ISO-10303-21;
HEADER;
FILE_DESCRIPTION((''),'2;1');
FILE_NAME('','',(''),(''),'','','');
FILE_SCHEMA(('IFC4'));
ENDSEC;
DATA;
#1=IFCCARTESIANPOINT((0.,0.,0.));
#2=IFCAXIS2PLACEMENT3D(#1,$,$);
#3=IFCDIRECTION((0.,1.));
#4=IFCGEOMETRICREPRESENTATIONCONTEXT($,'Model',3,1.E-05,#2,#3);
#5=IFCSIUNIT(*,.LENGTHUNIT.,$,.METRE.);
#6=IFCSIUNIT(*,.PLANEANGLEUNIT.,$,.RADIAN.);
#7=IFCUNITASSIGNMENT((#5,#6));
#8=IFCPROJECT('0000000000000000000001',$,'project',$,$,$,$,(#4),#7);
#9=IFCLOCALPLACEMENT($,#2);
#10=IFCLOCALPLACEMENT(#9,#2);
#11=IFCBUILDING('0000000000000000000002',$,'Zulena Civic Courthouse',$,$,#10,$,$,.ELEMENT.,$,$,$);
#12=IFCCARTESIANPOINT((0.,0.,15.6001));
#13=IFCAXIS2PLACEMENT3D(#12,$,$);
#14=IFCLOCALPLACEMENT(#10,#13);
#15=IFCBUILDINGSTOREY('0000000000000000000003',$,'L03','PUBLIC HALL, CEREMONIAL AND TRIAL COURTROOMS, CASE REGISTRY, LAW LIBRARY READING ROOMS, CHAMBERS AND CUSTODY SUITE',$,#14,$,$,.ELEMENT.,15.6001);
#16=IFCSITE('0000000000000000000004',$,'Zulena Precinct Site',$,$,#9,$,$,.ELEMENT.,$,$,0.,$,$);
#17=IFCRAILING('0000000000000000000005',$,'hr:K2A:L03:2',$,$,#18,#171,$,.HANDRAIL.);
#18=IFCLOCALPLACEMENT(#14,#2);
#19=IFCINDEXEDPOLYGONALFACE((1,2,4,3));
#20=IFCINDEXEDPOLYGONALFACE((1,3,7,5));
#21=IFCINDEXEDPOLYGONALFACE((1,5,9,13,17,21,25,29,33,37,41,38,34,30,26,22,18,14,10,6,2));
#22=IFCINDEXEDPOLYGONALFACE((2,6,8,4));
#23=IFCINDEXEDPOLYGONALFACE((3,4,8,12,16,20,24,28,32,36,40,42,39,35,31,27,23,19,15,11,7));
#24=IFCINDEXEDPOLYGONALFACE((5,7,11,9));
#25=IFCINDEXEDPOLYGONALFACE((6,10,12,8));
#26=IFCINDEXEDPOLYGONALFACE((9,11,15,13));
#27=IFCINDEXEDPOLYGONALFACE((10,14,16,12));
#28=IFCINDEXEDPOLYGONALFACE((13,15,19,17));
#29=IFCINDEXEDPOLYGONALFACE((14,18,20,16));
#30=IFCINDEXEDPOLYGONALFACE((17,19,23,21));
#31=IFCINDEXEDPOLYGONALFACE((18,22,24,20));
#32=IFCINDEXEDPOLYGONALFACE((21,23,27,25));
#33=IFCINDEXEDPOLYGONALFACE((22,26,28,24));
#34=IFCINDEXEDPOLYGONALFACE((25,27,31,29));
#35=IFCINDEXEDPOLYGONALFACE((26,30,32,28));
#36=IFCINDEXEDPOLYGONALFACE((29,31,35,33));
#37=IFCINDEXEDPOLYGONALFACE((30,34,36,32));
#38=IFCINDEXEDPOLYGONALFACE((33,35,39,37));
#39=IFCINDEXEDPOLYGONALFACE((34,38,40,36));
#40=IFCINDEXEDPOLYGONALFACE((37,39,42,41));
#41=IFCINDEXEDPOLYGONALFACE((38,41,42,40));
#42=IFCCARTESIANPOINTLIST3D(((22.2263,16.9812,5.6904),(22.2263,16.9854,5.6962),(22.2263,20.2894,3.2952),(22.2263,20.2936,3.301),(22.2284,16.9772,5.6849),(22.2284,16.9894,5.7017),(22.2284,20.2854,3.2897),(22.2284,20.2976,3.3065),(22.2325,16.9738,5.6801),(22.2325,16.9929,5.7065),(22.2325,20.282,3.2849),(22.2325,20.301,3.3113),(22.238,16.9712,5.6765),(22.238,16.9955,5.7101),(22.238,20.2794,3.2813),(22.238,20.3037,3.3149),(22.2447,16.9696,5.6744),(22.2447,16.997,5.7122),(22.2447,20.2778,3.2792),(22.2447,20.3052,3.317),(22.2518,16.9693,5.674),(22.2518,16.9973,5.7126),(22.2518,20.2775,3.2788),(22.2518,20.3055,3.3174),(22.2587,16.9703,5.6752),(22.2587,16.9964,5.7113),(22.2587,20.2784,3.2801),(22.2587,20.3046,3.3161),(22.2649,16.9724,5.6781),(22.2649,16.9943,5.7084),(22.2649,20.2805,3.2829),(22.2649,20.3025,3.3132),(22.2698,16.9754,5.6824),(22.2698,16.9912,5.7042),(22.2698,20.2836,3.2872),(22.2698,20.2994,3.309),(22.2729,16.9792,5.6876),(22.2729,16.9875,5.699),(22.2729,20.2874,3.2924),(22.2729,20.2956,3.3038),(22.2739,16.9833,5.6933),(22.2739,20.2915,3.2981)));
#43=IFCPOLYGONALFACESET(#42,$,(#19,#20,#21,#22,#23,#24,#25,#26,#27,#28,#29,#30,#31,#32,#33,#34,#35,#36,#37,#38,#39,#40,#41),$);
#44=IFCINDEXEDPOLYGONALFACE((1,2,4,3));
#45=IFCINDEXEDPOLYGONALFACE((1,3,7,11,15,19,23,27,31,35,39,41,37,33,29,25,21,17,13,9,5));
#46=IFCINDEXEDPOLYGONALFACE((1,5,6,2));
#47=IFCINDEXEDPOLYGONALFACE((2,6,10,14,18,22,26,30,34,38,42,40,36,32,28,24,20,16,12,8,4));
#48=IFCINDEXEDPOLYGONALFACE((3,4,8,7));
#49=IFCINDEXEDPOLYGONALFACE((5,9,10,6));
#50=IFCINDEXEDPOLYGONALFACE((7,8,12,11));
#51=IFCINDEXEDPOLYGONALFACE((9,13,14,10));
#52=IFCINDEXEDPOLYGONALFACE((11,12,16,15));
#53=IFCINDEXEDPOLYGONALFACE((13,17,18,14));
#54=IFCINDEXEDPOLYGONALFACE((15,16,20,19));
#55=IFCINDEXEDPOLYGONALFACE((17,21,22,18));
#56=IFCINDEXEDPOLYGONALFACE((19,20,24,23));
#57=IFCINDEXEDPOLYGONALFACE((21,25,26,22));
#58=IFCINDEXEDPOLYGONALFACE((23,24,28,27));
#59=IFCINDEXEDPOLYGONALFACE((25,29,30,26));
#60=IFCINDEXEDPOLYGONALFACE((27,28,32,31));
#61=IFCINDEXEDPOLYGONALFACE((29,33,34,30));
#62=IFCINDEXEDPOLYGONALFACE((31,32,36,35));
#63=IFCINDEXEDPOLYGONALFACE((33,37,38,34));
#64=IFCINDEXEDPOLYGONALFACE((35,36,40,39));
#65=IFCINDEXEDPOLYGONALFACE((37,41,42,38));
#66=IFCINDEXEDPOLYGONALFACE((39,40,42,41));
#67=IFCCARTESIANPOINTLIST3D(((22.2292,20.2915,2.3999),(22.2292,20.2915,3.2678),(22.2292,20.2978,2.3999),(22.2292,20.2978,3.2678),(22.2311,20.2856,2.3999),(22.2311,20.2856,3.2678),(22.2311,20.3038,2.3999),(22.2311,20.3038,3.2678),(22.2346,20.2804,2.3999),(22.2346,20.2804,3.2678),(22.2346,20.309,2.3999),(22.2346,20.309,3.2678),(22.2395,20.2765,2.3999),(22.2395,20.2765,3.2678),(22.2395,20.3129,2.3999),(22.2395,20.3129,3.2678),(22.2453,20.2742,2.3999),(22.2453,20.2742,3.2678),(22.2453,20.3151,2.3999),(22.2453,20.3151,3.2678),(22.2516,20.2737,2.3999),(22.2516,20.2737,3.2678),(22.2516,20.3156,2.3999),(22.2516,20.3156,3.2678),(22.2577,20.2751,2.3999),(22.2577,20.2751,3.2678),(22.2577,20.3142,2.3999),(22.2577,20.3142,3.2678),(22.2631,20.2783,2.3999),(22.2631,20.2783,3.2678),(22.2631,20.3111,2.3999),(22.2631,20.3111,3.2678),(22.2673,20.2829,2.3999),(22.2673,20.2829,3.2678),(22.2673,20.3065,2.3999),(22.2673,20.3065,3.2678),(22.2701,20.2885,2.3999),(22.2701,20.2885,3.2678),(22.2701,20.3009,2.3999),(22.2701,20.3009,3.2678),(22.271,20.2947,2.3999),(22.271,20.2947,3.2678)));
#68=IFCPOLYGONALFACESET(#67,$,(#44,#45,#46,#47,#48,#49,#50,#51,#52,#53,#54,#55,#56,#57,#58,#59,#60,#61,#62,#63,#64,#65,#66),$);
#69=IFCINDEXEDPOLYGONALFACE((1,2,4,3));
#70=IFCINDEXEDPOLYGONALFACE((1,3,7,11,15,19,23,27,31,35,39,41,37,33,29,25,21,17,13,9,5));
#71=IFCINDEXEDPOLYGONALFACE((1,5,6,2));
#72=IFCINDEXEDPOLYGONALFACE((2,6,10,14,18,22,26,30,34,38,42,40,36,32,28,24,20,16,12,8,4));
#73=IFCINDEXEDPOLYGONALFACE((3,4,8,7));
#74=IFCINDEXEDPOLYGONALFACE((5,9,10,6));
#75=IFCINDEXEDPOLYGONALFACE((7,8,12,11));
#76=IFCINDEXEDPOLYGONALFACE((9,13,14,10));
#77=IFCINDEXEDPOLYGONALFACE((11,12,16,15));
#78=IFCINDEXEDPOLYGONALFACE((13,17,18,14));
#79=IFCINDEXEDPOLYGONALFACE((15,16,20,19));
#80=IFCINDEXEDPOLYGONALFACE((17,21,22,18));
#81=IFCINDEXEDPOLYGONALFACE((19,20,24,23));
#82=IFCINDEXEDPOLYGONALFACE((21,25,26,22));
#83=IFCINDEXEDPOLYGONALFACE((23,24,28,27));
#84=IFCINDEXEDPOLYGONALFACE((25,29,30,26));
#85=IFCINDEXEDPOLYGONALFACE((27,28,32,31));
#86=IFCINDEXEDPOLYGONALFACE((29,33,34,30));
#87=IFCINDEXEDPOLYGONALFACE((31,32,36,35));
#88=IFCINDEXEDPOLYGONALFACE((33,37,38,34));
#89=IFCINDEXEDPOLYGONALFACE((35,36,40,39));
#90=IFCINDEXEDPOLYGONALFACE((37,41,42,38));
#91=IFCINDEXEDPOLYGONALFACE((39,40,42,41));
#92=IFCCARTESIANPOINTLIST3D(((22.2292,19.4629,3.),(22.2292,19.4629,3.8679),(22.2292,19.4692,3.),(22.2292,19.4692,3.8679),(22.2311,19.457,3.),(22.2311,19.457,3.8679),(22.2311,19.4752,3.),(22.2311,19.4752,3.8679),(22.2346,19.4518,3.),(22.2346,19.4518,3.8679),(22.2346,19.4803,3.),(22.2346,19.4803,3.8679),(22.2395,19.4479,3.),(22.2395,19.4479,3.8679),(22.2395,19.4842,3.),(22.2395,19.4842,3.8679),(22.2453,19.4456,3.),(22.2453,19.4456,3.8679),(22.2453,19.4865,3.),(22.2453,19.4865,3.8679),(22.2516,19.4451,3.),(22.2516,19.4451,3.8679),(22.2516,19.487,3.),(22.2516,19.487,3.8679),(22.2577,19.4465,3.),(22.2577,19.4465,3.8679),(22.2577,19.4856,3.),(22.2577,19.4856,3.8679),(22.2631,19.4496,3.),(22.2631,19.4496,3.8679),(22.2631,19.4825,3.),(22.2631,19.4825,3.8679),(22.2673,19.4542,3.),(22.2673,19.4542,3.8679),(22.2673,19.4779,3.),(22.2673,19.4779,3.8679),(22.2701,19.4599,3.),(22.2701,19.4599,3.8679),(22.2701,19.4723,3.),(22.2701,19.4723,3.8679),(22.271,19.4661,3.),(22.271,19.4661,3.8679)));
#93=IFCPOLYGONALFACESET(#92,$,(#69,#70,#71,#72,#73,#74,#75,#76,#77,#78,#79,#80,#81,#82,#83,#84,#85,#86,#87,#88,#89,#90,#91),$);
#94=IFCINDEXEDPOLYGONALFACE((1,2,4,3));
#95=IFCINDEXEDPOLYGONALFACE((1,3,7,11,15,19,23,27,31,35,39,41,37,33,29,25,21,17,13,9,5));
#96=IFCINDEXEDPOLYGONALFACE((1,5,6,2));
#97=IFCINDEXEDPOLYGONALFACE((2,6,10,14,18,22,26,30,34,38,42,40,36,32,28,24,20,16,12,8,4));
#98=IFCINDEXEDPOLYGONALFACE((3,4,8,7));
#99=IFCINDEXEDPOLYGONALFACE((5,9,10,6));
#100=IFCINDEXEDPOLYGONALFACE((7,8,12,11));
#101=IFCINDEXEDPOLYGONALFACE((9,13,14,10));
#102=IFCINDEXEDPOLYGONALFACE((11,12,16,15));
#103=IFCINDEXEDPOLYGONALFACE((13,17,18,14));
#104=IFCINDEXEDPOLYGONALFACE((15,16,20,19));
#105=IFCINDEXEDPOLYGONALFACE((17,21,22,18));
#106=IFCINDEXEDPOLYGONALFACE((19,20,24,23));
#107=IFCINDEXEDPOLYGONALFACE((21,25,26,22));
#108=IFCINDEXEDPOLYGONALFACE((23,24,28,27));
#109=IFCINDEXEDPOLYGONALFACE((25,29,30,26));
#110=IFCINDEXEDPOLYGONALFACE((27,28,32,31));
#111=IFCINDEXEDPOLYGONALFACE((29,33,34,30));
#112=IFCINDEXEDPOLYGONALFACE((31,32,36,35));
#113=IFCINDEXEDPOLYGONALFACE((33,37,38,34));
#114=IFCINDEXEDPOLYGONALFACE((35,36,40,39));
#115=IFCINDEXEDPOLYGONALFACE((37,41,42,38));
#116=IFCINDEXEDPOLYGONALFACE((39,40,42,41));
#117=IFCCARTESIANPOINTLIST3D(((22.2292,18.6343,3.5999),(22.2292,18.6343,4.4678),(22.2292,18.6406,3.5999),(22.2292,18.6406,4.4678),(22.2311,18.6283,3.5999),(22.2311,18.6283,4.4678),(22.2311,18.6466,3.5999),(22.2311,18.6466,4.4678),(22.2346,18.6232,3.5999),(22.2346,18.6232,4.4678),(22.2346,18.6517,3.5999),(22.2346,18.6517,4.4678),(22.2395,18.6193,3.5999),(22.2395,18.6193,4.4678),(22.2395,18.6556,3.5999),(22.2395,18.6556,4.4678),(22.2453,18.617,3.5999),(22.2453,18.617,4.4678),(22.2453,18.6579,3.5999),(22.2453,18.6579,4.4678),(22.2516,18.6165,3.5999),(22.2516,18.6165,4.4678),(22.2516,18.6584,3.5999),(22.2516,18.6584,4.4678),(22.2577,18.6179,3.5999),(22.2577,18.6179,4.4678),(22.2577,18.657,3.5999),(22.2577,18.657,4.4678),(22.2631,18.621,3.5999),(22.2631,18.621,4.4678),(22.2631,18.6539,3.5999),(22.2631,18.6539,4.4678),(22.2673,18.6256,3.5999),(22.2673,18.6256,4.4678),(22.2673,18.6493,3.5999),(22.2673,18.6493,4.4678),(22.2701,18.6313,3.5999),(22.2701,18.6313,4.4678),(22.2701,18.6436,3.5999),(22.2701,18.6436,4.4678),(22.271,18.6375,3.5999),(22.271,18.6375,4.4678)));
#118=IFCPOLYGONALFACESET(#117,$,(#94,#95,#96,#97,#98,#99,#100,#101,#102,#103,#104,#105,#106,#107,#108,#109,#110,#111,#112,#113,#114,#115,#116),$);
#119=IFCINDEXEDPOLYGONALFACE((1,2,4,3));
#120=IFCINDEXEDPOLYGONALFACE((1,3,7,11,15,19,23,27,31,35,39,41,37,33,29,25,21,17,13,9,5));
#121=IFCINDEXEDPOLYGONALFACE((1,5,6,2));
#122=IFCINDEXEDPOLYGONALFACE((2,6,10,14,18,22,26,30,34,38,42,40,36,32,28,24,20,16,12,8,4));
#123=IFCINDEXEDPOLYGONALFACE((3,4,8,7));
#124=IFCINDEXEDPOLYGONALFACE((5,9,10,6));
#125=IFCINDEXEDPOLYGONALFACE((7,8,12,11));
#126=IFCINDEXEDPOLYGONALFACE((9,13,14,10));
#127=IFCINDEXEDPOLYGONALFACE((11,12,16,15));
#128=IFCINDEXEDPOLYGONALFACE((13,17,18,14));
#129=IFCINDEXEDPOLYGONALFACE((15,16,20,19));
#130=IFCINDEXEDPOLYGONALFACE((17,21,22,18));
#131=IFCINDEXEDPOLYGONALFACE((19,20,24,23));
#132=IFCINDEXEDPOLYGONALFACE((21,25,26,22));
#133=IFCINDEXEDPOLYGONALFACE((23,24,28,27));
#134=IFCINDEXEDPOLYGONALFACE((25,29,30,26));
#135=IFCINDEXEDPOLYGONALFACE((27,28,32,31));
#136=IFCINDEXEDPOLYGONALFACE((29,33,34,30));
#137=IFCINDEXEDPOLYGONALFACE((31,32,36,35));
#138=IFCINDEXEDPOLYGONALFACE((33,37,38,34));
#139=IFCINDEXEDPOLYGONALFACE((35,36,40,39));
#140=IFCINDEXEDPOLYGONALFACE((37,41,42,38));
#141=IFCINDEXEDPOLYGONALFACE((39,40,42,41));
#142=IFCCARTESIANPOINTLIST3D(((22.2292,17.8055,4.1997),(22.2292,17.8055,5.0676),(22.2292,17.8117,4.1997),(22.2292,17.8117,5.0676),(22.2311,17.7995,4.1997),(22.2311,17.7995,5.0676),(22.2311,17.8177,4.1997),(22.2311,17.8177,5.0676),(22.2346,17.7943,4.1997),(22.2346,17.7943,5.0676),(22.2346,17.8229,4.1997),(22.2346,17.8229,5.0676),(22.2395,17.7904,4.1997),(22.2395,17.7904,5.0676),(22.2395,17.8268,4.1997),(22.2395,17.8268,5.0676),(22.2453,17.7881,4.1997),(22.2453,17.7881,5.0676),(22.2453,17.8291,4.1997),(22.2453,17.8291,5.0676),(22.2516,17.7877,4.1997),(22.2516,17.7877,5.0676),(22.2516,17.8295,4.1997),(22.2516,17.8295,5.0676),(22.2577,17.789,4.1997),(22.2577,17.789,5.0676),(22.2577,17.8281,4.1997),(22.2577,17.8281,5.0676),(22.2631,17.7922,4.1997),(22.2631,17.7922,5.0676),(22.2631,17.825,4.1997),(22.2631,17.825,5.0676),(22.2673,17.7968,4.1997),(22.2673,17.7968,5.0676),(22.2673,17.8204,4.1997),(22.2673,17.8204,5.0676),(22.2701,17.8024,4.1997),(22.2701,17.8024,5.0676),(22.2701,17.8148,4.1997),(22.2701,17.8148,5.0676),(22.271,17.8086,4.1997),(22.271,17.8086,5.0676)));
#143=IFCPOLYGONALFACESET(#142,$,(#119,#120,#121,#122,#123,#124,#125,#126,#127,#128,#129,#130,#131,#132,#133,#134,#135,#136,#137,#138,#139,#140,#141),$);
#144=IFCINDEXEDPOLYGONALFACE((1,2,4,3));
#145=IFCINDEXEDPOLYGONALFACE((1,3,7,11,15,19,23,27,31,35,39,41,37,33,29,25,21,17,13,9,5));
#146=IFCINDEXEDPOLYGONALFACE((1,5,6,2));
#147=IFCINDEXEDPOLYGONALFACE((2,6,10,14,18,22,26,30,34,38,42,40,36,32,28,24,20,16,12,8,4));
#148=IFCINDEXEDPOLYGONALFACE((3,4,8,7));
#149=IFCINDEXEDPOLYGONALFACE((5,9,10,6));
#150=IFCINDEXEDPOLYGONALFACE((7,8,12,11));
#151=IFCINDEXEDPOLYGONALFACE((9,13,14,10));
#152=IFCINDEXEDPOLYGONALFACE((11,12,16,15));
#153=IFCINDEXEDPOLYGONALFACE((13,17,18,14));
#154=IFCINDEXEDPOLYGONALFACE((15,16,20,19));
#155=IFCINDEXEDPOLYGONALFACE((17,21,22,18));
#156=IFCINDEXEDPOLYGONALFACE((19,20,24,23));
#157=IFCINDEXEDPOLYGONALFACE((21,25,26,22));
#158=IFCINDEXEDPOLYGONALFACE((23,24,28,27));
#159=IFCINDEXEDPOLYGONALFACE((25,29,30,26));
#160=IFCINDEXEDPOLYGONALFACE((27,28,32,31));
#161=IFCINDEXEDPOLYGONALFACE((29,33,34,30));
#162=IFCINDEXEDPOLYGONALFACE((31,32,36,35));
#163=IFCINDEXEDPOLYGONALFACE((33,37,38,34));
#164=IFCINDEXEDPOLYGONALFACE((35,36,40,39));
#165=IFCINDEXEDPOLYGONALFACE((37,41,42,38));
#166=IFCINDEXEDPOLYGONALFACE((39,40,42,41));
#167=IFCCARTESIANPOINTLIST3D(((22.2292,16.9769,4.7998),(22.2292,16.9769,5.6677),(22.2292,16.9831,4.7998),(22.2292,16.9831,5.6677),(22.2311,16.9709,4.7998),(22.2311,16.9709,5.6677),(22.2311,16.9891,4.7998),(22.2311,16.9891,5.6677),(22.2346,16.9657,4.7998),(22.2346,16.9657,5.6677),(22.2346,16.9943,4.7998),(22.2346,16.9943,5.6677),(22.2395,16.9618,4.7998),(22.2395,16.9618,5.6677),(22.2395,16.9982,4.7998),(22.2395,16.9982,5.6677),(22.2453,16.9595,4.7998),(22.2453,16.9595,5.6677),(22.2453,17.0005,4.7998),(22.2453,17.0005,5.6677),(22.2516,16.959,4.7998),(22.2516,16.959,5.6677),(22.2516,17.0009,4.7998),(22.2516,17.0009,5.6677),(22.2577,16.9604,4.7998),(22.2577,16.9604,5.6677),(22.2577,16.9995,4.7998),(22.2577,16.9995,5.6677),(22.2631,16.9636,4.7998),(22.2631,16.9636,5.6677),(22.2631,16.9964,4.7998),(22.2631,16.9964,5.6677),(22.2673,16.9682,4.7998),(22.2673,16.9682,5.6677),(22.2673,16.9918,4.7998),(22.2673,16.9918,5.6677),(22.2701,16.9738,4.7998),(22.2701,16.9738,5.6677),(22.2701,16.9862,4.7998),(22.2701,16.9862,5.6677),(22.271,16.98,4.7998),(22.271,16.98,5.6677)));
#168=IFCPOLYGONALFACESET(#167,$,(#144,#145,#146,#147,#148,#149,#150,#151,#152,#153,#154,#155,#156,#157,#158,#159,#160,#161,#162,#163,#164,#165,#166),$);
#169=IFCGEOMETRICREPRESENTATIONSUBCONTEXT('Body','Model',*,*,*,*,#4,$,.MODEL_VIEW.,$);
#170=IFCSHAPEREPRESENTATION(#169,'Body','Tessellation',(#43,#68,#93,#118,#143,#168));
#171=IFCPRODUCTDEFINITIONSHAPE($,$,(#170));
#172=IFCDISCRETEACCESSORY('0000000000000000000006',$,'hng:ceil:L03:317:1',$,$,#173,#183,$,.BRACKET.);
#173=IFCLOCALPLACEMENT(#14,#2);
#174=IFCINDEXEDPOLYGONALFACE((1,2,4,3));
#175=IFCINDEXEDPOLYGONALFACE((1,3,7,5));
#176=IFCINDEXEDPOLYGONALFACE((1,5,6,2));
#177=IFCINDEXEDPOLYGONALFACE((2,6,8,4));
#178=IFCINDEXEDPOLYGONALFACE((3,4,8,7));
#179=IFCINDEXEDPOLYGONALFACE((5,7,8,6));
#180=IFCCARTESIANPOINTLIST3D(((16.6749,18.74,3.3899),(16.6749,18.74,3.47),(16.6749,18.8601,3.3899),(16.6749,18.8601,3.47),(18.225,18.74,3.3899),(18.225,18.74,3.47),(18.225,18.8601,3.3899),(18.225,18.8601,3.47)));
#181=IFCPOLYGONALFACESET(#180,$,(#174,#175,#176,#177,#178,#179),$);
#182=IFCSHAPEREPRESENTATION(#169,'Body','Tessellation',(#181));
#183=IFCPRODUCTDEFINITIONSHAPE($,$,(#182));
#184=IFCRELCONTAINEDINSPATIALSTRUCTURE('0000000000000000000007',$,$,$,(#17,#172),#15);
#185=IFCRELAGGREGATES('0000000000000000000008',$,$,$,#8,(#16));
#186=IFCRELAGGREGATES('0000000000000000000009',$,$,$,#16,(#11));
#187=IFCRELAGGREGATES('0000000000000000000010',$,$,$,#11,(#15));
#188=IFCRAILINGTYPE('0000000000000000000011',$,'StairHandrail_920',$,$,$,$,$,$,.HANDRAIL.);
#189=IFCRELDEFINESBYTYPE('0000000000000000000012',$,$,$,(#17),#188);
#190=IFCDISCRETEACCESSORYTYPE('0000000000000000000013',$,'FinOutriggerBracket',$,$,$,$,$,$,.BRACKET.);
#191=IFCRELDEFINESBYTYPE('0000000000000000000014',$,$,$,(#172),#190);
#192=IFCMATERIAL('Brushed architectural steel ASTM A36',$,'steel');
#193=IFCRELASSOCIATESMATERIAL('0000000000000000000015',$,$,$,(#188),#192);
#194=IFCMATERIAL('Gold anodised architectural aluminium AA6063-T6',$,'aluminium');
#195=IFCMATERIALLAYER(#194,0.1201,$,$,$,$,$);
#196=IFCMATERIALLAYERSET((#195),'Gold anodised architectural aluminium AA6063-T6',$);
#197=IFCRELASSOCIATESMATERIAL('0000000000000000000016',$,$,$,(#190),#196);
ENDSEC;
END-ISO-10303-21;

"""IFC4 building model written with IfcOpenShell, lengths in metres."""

from ifc_helpers import new_model, si_unit, direction, frame, origin, origin_2d, place, context, subcontext, project, spatial, rectangle, circle, extrude, material, layer, layer_set, type_object, element, save


model = new_model("IFC4")

# Units and contexts
model_context = context("Model", 3, precision=1e-05, world=origin(), true_north=direction((0.0, 1.0)))
body_context = subcontext(model_context, "Body", "Model", "MODEL_VIEW")
ifc_project = project(units=[si_unit("LENGTHUNIT", "METRE"), si_unit("PLANEANGLEUNIT", "RADIAN")], contexts=[model_context])

# Site, building, storey
site_placement = place(None, origin())
site = spatial("IfcSite", under=ifc_project, at=site_placement, Name="Zulena Precinct Site", CompositionType="ELEMENT", RefElevation=0.0)
building_placement = place(site_placement, origin())
building = spatial("IfcBuilding", under=site, at=building_placement, Name="Zulena Civic Courthouse", CompositionType="ELEMENT")
storey_placement = place(building_placement, frame((0.0, 0.0, 15.6001)))
storey = spatial("IfcBuildingStorey", under=building, at=storey_placement, Name="L03", Description="PUBLIC HALL, CEREMONIAL AND TRIAL COURTROOMS, CASE REGISTRY, LAW LIBRARY READING ROOMS, CHAMBERS AND CUSTODY SUITE", CompositionType="ELEMENT", Elevation=15.6001)

# Railing
ifc_material_1 = material(Name="Brushed architectural steel ASTM A36", Category="steel")
railing_type_1 = type_object("IfcRailingType", Name="StairHandrail_920", PredefinedType="HANDRAIL", material=ifc_material_1)
railing_1_placement = place(storey_placement, frame((22.25, 20.2947, 2.3999)))
element("IfcRailing", 1, at=railing_1_placement, inside=storey, type_object=railing_type_1, Name="hr:K2A:L03:2", PredefinedType="HANDRAIL", context=body_context, shape_type="SweptSolid", body=[
    extrude(circle(Radius=0.0239, at=origin_2d()), frame((0.0, -0.0032, 0.8982), z_axis=(0.0, -0.809988, 0.586446), x_axis=(1.0, 0.0, 0.0)), (0.0, 0.0, 1.0), 4.0842),
    extrude(circle(Radius=0.021, at=origin_2d()), origin(), (0.0, 0.0, 1.0), 0.8679),
    extrude(circle(Radius=0.021, at=origin_2d()), frame((0.0, -0.8286, 0.6001)), (0.0, 0.0, 1.0), 0.8679),
    extrude(circle(Radius=0.021, at=origin_2d()), frame((0.0, -1.6572, 1.2)), (0.0, 0.0, 1.0), 0.8679),
    extrude(circle(Radius=0.021, at=origin_2d()), frame((0.0, -2.4861, 1.7998)), (0.0, 0.0, 1.0), 0.8679),
    extrude(circle(Radius=0.021, at=origin_2d()), frame((0.0, -3.3147, 2.3999)), (0.0, 0.0, 1.0), 0.8679),
])

# Discrete accessory
ifc_material_2 = material(Name="Gold anodised architectural aluminium AA6063-T6", Category="aluminium")
ifc_layer_1 = layer(ifc_material_2, 0.1201)
ifc_layer_set_1 = layer_set([ifc_layer_1], Name="Gold anodised architectural aluminium AA6063-T6")
discrete_accessory_type = type_object("IfcDiscreteAccessoryType", Name="FinOutriggerBracket", PredefinedType="BRACKET", material=ifc_layer_set_1)
discrete_accessory_placement = place(storey_placement, frame((17.45, 18.8, 3.3899), z_axis=(0.0, 0.0, 1.0), x_axis=(1.0, 0.0, 0.0)))
element("IfcDiscreteAccessory", 2, at=discrete_accessory_placement, inside=storey, type_object=discrete_accessory_type, Name="hng:ceil:L03:317:1", PredefinedType="BRACKET", context=body_context, shape_type="SweptSolid", body=[
    extrude(rectangle(XDim=1.55, YDim=0.1201, at=origin_2d()), origin(), (0.0, 0.0, 1.0), 0.0801),
])

save(model, "model.ifc")
